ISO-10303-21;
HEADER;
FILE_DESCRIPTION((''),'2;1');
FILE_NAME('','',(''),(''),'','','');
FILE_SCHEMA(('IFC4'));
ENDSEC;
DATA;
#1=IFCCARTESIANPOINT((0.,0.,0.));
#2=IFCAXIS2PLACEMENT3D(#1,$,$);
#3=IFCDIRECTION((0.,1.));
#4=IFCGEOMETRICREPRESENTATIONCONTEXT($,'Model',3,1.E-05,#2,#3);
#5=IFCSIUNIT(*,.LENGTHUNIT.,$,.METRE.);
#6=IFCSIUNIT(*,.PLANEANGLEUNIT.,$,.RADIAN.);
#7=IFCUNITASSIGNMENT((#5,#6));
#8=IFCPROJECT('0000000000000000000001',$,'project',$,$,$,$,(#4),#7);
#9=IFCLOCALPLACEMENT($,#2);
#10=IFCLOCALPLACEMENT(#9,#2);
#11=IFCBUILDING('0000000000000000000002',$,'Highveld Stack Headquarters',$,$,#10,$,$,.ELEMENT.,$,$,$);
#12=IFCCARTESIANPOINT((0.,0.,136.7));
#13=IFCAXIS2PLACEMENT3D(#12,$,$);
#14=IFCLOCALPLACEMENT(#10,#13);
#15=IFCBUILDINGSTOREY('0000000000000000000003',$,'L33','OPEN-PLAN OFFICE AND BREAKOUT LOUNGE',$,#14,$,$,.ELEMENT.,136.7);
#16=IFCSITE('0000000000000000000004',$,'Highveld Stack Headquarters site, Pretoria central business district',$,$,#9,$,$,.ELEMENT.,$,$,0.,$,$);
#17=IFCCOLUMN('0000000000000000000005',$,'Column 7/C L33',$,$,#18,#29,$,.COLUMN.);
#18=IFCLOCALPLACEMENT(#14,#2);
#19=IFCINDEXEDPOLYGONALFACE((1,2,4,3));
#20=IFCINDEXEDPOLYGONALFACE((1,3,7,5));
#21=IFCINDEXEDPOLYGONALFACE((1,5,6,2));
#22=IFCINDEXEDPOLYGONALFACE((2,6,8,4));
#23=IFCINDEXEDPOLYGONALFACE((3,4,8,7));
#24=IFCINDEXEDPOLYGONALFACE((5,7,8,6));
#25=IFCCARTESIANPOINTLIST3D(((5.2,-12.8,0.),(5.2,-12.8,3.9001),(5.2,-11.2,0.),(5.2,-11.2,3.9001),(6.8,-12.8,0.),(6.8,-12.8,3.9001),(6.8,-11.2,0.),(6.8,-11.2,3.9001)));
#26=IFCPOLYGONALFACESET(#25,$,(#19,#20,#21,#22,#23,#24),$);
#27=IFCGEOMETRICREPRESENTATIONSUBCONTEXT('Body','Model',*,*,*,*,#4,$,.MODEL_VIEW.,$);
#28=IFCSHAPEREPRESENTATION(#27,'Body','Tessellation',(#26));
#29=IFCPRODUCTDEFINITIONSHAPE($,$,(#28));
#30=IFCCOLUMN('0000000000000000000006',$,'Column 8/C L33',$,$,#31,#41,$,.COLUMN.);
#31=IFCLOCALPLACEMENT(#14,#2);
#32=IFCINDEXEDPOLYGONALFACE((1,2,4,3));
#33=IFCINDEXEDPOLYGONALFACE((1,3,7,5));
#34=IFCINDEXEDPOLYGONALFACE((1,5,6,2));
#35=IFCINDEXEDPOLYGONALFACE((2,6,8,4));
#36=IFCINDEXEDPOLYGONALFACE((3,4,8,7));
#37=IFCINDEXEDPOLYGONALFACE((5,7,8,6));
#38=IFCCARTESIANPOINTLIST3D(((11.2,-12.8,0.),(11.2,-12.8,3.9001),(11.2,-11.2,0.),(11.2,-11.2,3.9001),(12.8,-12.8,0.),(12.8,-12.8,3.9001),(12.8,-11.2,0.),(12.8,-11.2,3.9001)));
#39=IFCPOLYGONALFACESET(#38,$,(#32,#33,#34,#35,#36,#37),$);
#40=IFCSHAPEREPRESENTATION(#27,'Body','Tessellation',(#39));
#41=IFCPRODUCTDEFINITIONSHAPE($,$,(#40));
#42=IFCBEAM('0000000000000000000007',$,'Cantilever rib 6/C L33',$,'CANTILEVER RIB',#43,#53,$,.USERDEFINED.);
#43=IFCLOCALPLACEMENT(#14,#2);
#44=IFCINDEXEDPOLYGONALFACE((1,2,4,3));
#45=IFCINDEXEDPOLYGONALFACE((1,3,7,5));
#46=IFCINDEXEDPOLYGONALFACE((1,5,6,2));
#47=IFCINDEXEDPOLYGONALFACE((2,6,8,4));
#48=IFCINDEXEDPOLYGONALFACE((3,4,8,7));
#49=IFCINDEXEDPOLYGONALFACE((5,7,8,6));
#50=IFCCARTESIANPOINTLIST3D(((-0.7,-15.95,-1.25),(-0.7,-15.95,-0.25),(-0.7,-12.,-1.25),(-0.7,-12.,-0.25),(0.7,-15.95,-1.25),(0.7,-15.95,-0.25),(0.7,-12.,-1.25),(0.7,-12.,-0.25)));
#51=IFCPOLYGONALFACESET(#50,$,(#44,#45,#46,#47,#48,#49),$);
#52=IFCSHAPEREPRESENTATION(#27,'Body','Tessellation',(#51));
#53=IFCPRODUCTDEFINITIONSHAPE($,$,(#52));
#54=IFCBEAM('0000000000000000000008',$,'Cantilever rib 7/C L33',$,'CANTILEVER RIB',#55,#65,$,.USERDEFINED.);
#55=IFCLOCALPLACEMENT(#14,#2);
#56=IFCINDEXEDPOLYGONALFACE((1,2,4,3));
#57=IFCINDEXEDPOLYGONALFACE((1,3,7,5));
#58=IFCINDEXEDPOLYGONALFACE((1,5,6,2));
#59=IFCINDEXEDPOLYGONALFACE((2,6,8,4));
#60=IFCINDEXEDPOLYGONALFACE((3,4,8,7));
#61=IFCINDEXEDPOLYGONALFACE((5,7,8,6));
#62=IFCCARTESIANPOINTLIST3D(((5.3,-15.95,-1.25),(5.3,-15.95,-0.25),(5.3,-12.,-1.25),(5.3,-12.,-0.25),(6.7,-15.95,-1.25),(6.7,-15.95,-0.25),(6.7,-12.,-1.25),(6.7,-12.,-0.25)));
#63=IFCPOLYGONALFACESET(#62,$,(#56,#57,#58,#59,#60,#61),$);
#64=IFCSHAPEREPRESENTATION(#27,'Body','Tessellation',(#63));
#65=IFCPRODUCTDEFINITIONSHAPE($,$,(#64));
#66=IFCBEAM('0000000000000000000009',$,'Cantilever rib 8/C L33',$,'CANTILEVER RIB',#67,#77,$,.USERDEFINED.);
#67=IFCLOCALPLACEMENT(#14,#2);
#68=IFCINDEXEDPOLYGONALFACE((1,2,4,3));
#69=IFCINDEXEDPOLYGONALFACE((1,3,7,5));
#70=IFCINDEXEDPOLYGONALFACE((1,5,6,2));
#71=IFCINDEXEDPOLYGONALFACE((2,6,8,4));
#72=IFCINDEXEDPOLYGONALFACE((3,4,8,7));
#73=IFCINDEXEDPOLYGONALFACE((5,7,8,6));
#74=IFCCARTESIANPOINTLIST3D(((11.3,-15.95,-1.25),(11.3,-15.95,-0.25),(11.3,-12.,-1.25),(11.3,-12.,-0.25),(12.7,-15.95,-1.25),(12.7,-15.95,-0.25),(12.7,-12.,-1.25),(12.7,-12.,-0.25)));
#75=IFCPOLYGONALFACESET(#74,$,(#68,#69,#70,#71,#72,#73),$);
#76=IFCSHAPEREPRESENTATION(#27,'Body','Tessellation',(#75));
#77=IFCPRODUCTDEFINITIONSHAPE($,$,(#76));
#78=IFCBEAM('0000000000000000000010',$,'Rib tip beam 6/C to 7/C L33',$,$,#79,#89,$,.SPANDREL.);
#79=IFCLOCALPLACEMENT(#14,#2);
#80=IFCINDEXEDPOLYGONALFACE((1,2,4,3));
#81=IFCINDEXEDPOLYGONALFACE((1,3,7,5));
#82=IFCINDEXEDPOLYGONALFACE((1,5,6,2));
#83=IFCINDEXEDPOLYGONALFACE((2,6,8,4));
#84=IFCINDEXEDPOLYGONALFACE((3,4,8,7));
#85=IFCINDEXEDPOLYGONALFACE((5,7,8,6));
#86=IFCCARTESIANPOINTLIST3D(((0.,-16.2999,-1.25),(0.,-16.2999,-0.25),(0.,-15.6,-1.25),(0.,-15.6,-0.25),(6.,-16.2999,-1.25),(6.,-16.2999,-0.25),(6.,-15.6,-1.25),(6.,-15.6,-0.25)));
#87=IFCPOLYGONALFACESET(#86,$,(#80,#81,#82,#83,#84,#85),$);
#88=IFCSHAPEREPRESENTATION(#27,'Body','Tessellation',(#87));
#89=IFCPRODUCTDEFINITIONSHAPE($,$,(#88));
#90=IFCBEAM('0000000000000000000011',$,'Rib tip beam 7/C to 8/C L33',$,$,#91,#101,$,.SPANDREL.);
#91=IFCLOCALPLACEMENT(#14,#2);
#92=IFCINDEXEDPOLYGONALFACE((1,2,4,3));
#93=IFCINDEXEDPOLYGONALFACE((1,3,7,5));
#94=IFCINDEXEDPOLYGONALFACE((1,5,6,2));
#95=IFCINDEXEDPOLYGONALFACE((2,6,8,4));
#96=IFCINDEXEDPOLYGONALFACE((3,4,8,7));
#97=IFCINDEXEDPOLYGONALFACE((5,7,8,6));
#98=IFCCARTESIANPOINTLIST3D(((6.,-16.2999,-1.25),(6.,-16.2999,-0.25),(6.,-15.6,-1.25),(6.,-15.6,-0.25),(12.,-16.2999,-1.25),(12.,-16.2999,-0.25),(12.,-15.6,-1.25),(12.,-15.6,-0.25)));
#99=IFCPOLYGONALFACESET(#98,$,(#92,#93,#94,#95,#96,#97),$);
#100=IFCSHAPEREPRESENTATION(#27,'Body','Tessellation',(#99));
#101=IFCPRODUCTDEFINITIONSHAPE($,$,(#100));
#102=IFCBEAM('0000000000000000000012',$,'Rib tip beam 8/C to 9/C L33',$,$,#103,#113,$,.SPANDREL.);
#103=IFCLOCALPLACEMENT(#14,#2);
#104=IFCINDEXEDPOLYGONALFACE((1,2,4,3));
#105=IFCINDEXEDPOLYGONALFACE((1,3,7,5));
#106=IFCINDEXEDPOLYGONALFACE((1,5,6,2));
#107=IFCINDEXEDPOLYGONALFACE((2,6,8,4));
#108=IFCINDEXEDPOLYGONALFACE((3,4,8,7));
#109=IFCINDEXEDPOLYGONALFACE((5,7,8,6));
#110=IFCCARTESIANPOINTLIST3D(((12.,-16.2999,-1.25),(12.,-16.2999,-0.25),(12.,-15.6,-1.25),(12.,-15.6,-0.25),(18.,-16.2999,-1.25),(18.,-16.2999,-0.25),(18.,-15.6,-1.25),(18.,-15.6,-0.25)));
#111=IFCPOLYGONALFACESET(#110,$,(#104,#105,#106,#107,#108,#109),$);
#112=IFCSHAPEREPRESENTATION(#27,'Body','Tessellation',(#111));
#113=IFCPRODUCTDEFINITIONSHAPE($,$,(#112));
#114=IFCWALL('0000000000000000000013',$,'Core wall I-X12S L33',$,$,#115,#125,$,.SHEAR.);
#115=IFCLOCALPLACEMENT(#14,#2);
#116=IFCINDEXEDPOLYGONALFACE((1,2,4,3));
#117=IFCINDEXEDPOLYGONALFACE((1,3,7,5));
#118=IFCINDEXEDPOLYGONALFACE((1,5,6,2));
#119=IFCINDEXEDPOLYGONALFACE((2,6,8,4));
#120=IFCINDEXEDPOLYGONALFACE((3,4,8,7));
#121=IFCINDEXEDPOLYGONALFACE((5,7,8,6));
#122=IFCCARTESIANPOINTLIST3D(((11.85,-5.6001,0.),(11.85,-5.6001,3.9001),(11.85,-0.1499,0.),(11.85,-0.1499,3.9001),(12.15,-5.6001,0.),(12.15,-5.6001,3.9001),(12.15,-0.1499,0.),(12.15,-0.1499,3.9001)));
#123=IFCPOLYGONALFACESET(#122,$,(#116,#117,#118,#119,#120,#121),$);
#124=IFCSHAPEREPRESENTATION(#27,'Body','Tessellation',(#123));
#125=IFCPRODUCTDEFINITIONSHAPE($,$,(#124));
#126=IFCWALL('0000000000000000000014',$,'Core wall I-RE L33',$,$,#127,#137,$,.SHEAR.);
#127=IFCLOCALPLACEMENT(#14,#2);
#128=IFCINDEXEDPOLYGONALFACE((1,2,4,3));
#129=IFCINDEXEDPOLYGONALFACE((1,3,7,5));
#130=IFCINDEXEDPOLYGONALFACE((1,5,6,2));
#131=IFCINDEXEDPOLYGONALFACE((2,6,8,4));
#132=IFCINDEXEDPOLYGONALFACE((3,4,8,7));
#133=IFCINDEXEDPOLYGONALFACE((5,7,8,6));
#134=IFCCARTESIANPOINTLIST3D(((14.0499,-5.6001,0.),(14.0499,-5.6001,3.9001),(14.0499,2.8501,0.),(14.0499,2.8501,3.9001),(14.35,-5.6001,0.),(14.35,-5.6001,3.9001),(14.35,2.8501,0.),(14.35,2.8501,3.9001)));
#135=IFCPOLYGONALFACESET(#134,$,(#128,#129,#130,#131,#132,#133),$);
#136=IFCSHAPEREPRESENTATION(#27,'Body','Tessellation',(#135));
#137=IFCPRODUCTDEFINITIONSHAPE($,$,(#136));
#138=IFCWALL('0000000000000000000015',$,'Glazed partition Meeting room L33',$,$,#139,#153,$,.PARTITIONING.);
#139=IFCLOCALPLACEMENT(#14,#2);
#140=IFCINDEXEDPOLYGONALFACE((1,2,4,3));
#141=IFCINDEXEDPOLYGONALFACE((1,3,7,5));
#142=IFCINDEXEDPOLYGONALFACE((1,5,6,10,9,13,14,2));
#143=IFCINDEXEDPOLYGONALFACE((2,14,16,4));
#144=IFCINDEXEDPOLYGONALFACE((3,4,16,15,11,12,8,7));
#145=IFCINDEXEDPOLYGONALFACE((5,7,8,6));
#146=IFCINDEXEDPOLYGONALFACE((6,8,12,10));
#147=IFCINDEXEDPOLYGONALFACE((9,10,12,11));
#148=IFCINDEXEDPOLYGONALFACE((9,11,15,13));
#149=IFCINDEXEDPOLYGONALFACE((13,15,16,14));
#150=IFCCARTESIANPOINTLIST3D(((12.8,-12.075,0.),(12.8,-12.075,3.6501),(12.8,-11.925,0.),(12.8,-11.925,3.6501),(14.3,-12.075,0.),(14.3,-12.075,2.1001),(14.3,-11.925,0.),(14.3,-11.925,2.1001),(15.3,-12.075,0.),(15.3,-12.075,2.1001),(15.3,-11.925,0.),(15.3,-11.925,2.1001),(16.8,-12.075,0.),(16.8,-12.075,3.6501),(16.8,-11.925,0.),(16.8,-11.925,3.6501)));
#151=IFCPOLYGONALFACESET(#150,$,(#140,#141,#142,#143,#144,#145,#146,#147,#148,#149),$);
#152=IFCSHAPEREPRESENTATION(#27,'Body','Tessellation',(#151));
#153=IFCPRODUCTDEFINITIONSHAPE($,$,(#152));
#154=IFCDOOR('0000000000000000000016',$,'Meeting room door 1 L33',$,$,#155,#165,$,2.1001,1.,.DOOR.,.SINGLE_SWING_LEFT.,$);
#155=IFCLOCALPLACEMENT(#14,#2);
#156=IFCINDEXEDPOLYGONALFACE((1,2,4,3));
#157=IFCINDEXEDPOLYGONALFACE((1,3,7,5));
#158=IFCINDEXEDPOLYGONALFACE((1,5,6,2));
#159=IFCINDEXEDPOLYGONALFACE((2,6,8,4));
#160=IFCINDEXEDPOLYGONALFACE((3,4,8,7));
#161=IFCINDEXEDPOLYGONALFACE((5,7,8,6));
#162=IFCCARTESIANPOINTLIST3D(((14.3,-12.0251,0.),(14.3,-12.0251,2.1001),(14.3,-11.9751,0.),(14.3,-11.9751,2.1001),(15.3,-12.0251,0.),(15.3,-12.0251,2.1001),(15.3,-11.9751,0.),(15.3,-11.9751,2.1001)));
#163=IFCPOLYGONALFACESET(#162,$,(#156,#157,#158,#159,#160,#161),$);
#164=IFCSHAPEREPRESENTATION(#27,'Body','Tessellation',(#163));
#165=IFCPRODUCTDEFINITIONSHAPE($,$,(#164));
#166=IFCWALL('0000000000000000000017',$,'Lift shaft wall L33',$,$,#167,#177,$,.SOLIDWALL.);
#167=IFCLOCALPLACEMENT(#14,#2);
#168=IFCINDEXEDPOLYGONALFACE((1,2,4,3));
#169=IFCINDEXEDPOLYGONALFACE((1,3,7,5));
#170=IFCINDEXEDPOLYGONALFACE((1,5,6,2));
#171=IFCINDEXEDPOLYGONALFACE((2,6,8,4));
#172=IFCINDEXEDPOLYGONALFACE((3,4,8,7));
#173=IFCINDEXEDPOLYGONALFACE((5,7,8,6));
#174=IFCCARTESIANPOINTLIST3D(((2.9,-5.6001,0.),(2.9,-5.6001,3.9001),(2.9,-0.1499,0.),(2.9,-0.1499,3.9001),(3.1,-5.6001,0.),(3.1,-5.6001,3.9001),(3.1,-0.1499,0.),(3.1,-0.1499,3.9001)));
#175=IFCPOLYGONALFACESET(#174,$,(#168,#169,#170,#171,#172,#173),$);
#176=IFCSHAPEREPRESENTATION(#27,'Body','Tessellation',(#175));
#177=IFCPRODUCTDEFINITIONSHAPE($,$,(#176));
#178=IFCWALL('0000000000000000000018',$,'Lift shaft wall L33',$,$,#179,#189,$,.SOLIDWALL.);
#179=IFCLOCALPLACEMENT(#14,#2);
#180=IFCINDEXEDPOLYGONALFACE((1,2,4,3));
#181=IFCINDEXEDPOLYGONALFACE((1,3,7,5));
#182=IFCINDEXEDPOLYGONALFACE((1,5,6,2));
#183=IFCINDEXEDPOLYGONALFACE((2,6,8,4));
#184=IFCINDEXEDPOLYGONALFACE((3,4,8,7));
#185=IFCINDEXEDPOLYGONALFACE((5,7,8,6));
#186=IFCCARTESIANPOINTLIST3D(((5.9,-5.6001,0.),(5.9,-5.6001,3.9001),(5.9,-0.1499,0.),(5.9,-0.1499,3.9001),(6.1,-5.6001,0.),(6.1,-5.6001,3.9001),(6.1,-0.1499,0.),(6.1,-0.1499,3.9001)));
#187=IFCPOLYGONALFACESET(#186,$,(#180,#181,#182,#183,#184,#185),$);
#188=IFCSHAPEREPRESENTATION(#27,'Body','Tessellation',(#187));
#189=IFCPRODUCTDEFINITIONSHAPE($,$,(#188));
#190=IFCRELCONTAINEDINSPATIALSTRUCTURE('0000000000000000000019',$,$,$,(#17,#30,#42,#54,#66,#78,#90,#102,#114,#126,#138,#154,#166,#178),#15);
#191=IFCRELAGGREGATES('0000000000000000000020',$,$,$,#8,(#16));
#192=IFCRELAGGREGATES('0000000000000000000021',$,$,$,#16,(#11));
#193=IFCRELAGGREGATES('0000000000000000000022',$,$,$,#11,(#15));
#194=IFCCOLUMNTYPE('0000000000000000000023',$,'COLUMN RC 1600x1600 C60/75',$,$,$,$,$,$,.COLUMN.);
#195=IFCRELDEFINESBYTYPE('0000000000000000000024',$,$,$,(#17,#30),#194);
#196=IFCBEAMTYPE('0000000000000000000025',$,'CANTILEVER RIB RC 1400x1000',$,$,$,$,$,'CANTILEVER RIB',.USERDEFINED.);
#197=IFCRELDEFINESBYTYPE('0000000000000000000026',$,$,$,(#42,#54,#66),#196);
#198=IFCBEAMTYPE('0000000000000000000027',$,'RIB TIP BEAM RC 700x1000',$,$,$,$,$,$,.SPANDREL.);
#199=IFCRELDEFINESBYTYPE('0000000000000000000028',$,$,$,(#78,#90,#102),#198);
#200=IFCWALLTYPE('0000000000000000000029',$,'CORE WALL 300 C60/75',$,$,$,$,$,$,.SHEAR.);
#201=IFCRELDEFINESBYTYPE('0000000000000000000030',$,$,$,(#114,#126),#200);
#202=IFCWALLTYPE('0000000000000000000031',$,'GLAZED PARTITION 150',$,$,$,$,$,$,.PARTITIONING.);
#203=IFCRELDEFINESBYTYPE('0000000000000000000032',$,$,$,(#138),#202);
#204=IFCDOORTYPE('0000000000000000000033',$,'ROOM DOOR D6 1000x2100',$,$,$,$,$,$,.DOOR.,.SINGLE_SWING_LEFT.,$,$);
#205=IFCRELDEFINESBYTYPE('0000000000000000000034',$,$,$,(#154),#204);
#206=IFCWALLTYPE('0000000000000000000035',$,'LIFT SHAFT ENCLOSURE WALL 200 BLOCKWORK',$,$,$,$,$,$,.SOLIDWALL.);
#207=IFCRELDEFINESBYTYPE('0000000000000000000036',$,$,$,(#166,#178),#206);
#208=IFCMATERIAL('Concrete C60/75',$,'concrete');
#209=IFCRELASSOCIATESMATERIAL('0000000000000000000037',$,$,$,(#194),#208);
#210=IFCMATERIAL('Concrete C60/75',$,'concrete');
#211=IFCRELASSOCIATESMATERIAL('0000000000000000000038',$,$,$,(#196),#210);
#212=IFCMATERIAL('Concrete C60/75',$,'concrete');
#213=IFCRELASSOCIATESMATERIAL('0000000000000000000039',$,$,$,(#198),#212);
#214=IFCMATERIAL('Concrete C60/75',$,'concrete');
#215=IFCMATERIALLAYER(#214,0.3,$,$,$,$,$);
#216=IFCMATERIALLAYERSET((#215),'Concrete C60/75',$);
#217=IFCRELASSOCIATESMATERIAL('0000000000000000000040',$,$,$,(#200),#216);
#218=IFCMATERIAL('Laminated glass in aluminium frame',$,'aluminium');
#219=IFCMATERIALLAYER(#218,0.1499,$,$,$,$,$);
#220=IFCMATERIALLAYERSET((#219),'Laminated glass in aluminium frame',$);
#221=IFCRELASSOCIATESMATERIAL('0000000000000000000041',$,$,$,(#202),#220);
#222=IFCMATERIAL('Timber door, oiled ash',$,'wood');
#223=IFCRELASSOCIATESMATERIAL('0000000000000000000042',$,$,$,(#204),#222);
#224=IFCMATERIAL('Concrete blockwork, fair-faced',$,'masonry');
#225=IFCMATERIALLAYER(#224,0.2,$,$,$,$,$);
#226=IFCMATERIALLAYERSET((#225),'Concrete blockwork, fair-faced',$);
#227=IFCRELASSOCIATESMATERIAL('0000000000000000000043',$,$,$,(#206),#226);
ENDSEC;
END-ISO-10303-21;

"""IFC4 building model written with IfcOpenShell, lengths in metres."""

from ifc_helpers import new_model, si_unit, direction, frame, frame_2d, origin, origin_2d, place, context, subcontext, project, spatial, rectangle, extrude, material, layer, layer_set, material_profile, profile_set, type_object, element, fill, save


model = new_model("IFC4")

# Units and contexts
model_context = context("Model", 3, precision=1e-05, world=origin(), true_north=direction((0.0, 1.0)))
body_context = subcontext(model_context, "Body", "Model", "MODEL_VIEW")
ifc_project = project(units=[si_unit("LENGTHUNIT", "METRE"), si_unit("PLANEANGLEUNIT", "RADIAN")], contexts=[model_context])

# Site, building, storey
site_placement = place(None, origin())
site = spatial("IfcSite", under=ifc_project, at=site_placement, Name="Highveld Stack Headquarters site, Pretoria central business district", CompositionType="ELEMENT", RefElevation=0.0)
building_placement = place(site_placement, origin())
building = spatial("IfcBuilding", under=site, at=building_placement, Name="Highveld Stack Headquarters", CompositionType="ELEMENT")
storey_placement = place(building_placement, frame((0.0, 0.0, 136.7)))
storey = spatial("IfcBuildingStorey", under=building, at=storey_placement, Name="L33", Description="OPEN-PLAN OFFICE AND BREAKOUT LOUNGE", CompositionType="ELEMENT", Elevation=136.7)

# Columns
ifc_material_1 = material(Name="Concrete C60/75", Category="concrete")
ifc_material_profile_1 = material_profile(ifc_material_1, rectangle(XDim=1.6001, YDim=1.6001, at=origin_2d()), Name="RC 1600x1600")
ifc_profile_set_1 = profile_set([ifc_material_profile_1], Name="Concrete C60/75")
column_type = type_object("IfcColumnType", Name="COLUMN RC 1600x1600 C60/75", PredefinedType="COLUMN", material=ifc_profile_set_1)
for number, where, z_axis, x_axis, name in (
    (1, (6.0, -12.0, 0.0), (0.0, 0.0, 1.0), (1.0, 0.0, 0.0), "Column 7/C L33"),
    (2, (12.0, -12.0, 0.0), (0.0, 0.0, 1.0), (1.0, 0.0, 0.0), "Column 8/C L33"),
):
    element("IfcColumn", number, at=place(storey_placement, frame(where, z_axis=z_axis, x_axis=x_axis)), inside=storey, type_object=column_type, Name=name, PredefinedType="COLUMN", context=body_context, shape_type="SweptSolid", body=[
        extrude(rectangle(XDim=1.6001, YDim=1.6001, at=origin_2d()), origin(), (0.0, 0.0, 1.0), 3.9001),
    ])

# Beams
ifc_material_2 = material(Name="Concrete C60/75", Category="concrete")
ifc_material_profile_2 = material_profile(ifc_material_2, rectangle(XDim=1.3999, YDim=1.0, at=origin_2d()), Name="RC 1400x1000")
ifc_profile_set_2 = profile_set([ifc_material_profile_2], Name="Concrete C60/75")
beam_type_1 = type_object("IfcBeamType", Name="CANTILEVER RIB RC 1400x1000", ElementType="CANTILEVER RIB", PredefinedType="USERDEFINED", material=ifc_profile_set_2)
for number, where, z_axis, x_axis, name in (
    (3, (0.0, -12.0, -0.75), (0.0, -1.0, 0.0), (1.0, 0.0, 0.0), "Cantilever rib 6/C L33"),
    (4, (6.0, -12.0, -0.75), (0.0, -1.0, 0.0), (1.0, 0.0, 0.0), "Cantilever rib 7/C L33"),
    (5, (12.0, -12.0, -0.75), (0.0, -1.0, 0.0), (1.0, 0.0, 0.0), "Cantilever rib 8/C L33"),
):
    element("IfcBeam", number, at=place(storey_placement, frame(where, z_axis=z_axis, x_axis=x_axis)), inside=storey, type_object=beam_type_1, Name=name, ObjectType="CANTILEVER RIB", PredefinedType="USERDEFINED", context=body_context, shape_type="SweptSolid", body=[
        extrude(rectangle(XDim=1.3999, YDim=1.0, at=origin_2d()), origin(), (0.0, 0.0, 1.0), 3.95),
    ])
ifc_material_3 = material(Name="Concrete C60/75", Category="concrete")
ifc_material_profile_3 = material_profile(ifc_material_3, rectangle(XDim=0.7, YDim=1.0, at=origin_2d()), Name="RC 700x1000")
ifc_profile_set_3 = profile_set([ifc_material_profile_3], Name="Concrete C60/75")
beam_type_2 = type_object("IfcBeamType", Name="RIB TIP BEAM RC 700x1000", PredefinedType="SPANDREL", material=ifc_profile_set_3)
for number, where, z_axis, x_axis, name in (
    (6, (0.0, -15.95, -0.75), (1.0, 0.0, 0.0), (0.0, 1.0, 0.0), "Rib tip beam 6/C to 7/C L33"),
    (7, (6.0, -15.95, -0.75), (1.0, 0.0, 0.0), (0.0, 1.0, 0.0), "Rib tip beam 7/C to 8/C L33"),
    (8, (12.0, -15.95, -0.75), (1.0, 0.0, 0.0), (0.0, 1.0, 0.0), "Rib tip beam 8/C to 9/C L33"),
):
    element("IfcBeam", number, at=place(storey_placement, frame(where, z_axis=z_axis, x_axis=x_axis)), inside=storey, type_object=beam_type_2, Name=name, PredefinedType="SPANDREL", context=body_context, shape_type="SweptSolid", body=[
        extrude(rectangle(XDim=0.7, YDim=1.0, at=origin_2d()), origin(), (0.0, 0.0, 1.0), 6.0),
    ])

# Walls
ifc_material_4 = material(Name="Concrete C60/75", Category="concrete")
ifc_layer_1 = layer(ifc_material_4, 0.3)
ifc_layer_set_1 = layer_set([ifc_layer_1], Name="Concrete C60/75")
wall_type_1 = type_object("IfcWallType", Name="CORE WALL 300 C60/75", PredefinedType="SHEAR", material=ifc_layer_set_1)
wall_1_placement = place(storey_placement, frame((12.0, -5.6001, 0.0), z_axis=(0.0, 0.0, 1.0), x_axis=(0.0, 1.0, 0.0)))
element("IfcWall", 9, at=wall_1_placement, inside=storey, type_object=wall_type_1, Name="Core wall I-X12S L33", PredefinedType="SHEAR", context=body_context, shape_type="SweptSolid", body=[
    extrude(rectangle(XDim=5.4502, YDim=0.3, at=frame_2d((2.7251, 0.0))), origin(), (0.0, 0.0, 1.0), 3.9001),
])
wall_2_placement = place(storey_placement, frame((14.2, -5.6001, 0.0), z_axis=(0.0, 0.0, 1.0), x_axis=(0.0, 1.0, 0.0)))
element("IfcWall", 10, at=wall_2_placement, inside=storey, type_object=wall_type_1, Name="Core wall I-RE L33", PredefinedType="SHEAR", context=body_context, shape_type="SweptSolid", body=[
    extrude(rectangle(XDim=8.4502, YDim=0.3, at=frame_2d((4.2251, 0.0))), origin(), (0.0, 0.0, 1.0), 3.9001),
])

# Wall, opening, door
ifc_material_5 = material(Name="Laminated glass in aluminium frame", Category="aluminium")
ifc_layer_2 = layer(ifc_material_5, 0.1499)
ifc_layer_set_2 = layer_set([ifc_layer_2], Name="Laminated glass in aluminium frame")
wall_type_2 = type_object("IfcWallType", Name="GLAZED PARTITION 150", PredefinedType="PARTITIONING", material=ifc_layer_set_2)
wall_3_placement = place(storey_placement, frame((12.8, -12.0, 0.0), z_axis=(0.0, 0.0, 1.0), x_axis=(1.0, 0.0, 0.0)))
wall_3 = element("IfcWall", 11, at=wall_3_placement, inside=storey, type_object=wall_type_2, Name="Glazed partition Meeting room L33", PredefinedType="PARTITIONING", context=body_context, shape_type="SweptSolid", body=[
    extrude(rectangle(XDim=4.0, YDim=0.1499, at=frame_2d((2.0, 0.0))), origin(), (0.0, 0.0, 1.0), 3.6501),
])
opening_1_placement = place(wall_3_placement, frame((1.5, 0.0, 0.0)))
opening_1 = element("IfcOpeningElement", 12, at=opening_1_placement, cuts=wall_3, PredefinedType="OPENING", context=body_context, shape_type="SweptSolid", body=[
    extrude(rectangle(XDim=1.0, YDim=2.1001, at=frame_2d((0.5, 1.05))), frame((0.0, 0.085, 0.0), z_axis=(0.0, -1.0, 0.0), x_axis=(1.0, 0.0, 0.0)), (0.0, 0.0, 1.0), 0.1699),
])
ifc_material_6 = material(Name="Timber door, oiled ash", Category="wood")
door_type = type_object("IfcDoorType", Name="ROOM DOOR D6 1000x2100", OperationType="SINGLE_SWING_LEFT", PredefinedType="DOOR", material=ifc_material_6)
door_1_placement = place(opening_1_placement, origin())
door_1 = element("IfcDoor", 13, at=door_1_placement, inside=storey, type_object=door_type, Name="Meeting room door 1 L33", OperationType="SINGLE_SWING_LEFT", OverallHeight=2.1001, OverallWidth=1.0, PredefinedType="DOOR", context=body_context, shape_type="SweptSolid", body=[
    extrude(rectangle(XDim=1.0, YDim=2.1001, at=frame_2d((0.5, 1.05))), frame((0.0, 0.0249, 0.0), z_axis=(0.0, -1.0, 0.0), x_axis=(1.0, 0.0, 0.0)), (0.0, 0.0, 1.0), 0.05),
])
fill(opening_1, door_1)

# Walls
ifc_material_7 = material(Name="Concrete blockwork, fair-faced", Category="masonry")
ifc_layer_3 = layer(ifc_material_7, 0.2)
ifc_layer_set_3 = layer_set([ifc_layer_3], Name="Concrete blockwork, fair-faced")
wall_type_3 = type_object("IfcWallType", Name="LIFT SHAFT ENCLOSURE WALL 200 BLOCKWORK", PredefinedType="SOLIDWALL", material=ifc_layer_set_3)
for number, where, z_axis, x_axis, name in (
    (14, (3.0, -5.6001, 0.0), (0.0, 0.0, 1.0), (0.0, 1.0, 0.0), "Lift shaft wall L33"),
    (15, (6.0, -5.6001, 0.0), (0.0, 0.0, 1.0), (0.0, 1.0, 0.0), "Lift shaft wall L33"),
):
    element("IfcWall", number, at=place(storey_placement, frame(where, z_axis=z_axis, x_axis=x_axis)), inside=storey, type_object=wall_type_3, Name=name, PredefinedType="SOLIDWALL", context=body_context, shape_type="SweptSolid", body=[
        extrude(rectangle(XDim=5.4502, YDim=0.2, at=frame_2d((2.7251, 0.0))), origin(), (0.0, 0.0, 1.0), 3.9001),
    ])

save(model, "model.ifc")
